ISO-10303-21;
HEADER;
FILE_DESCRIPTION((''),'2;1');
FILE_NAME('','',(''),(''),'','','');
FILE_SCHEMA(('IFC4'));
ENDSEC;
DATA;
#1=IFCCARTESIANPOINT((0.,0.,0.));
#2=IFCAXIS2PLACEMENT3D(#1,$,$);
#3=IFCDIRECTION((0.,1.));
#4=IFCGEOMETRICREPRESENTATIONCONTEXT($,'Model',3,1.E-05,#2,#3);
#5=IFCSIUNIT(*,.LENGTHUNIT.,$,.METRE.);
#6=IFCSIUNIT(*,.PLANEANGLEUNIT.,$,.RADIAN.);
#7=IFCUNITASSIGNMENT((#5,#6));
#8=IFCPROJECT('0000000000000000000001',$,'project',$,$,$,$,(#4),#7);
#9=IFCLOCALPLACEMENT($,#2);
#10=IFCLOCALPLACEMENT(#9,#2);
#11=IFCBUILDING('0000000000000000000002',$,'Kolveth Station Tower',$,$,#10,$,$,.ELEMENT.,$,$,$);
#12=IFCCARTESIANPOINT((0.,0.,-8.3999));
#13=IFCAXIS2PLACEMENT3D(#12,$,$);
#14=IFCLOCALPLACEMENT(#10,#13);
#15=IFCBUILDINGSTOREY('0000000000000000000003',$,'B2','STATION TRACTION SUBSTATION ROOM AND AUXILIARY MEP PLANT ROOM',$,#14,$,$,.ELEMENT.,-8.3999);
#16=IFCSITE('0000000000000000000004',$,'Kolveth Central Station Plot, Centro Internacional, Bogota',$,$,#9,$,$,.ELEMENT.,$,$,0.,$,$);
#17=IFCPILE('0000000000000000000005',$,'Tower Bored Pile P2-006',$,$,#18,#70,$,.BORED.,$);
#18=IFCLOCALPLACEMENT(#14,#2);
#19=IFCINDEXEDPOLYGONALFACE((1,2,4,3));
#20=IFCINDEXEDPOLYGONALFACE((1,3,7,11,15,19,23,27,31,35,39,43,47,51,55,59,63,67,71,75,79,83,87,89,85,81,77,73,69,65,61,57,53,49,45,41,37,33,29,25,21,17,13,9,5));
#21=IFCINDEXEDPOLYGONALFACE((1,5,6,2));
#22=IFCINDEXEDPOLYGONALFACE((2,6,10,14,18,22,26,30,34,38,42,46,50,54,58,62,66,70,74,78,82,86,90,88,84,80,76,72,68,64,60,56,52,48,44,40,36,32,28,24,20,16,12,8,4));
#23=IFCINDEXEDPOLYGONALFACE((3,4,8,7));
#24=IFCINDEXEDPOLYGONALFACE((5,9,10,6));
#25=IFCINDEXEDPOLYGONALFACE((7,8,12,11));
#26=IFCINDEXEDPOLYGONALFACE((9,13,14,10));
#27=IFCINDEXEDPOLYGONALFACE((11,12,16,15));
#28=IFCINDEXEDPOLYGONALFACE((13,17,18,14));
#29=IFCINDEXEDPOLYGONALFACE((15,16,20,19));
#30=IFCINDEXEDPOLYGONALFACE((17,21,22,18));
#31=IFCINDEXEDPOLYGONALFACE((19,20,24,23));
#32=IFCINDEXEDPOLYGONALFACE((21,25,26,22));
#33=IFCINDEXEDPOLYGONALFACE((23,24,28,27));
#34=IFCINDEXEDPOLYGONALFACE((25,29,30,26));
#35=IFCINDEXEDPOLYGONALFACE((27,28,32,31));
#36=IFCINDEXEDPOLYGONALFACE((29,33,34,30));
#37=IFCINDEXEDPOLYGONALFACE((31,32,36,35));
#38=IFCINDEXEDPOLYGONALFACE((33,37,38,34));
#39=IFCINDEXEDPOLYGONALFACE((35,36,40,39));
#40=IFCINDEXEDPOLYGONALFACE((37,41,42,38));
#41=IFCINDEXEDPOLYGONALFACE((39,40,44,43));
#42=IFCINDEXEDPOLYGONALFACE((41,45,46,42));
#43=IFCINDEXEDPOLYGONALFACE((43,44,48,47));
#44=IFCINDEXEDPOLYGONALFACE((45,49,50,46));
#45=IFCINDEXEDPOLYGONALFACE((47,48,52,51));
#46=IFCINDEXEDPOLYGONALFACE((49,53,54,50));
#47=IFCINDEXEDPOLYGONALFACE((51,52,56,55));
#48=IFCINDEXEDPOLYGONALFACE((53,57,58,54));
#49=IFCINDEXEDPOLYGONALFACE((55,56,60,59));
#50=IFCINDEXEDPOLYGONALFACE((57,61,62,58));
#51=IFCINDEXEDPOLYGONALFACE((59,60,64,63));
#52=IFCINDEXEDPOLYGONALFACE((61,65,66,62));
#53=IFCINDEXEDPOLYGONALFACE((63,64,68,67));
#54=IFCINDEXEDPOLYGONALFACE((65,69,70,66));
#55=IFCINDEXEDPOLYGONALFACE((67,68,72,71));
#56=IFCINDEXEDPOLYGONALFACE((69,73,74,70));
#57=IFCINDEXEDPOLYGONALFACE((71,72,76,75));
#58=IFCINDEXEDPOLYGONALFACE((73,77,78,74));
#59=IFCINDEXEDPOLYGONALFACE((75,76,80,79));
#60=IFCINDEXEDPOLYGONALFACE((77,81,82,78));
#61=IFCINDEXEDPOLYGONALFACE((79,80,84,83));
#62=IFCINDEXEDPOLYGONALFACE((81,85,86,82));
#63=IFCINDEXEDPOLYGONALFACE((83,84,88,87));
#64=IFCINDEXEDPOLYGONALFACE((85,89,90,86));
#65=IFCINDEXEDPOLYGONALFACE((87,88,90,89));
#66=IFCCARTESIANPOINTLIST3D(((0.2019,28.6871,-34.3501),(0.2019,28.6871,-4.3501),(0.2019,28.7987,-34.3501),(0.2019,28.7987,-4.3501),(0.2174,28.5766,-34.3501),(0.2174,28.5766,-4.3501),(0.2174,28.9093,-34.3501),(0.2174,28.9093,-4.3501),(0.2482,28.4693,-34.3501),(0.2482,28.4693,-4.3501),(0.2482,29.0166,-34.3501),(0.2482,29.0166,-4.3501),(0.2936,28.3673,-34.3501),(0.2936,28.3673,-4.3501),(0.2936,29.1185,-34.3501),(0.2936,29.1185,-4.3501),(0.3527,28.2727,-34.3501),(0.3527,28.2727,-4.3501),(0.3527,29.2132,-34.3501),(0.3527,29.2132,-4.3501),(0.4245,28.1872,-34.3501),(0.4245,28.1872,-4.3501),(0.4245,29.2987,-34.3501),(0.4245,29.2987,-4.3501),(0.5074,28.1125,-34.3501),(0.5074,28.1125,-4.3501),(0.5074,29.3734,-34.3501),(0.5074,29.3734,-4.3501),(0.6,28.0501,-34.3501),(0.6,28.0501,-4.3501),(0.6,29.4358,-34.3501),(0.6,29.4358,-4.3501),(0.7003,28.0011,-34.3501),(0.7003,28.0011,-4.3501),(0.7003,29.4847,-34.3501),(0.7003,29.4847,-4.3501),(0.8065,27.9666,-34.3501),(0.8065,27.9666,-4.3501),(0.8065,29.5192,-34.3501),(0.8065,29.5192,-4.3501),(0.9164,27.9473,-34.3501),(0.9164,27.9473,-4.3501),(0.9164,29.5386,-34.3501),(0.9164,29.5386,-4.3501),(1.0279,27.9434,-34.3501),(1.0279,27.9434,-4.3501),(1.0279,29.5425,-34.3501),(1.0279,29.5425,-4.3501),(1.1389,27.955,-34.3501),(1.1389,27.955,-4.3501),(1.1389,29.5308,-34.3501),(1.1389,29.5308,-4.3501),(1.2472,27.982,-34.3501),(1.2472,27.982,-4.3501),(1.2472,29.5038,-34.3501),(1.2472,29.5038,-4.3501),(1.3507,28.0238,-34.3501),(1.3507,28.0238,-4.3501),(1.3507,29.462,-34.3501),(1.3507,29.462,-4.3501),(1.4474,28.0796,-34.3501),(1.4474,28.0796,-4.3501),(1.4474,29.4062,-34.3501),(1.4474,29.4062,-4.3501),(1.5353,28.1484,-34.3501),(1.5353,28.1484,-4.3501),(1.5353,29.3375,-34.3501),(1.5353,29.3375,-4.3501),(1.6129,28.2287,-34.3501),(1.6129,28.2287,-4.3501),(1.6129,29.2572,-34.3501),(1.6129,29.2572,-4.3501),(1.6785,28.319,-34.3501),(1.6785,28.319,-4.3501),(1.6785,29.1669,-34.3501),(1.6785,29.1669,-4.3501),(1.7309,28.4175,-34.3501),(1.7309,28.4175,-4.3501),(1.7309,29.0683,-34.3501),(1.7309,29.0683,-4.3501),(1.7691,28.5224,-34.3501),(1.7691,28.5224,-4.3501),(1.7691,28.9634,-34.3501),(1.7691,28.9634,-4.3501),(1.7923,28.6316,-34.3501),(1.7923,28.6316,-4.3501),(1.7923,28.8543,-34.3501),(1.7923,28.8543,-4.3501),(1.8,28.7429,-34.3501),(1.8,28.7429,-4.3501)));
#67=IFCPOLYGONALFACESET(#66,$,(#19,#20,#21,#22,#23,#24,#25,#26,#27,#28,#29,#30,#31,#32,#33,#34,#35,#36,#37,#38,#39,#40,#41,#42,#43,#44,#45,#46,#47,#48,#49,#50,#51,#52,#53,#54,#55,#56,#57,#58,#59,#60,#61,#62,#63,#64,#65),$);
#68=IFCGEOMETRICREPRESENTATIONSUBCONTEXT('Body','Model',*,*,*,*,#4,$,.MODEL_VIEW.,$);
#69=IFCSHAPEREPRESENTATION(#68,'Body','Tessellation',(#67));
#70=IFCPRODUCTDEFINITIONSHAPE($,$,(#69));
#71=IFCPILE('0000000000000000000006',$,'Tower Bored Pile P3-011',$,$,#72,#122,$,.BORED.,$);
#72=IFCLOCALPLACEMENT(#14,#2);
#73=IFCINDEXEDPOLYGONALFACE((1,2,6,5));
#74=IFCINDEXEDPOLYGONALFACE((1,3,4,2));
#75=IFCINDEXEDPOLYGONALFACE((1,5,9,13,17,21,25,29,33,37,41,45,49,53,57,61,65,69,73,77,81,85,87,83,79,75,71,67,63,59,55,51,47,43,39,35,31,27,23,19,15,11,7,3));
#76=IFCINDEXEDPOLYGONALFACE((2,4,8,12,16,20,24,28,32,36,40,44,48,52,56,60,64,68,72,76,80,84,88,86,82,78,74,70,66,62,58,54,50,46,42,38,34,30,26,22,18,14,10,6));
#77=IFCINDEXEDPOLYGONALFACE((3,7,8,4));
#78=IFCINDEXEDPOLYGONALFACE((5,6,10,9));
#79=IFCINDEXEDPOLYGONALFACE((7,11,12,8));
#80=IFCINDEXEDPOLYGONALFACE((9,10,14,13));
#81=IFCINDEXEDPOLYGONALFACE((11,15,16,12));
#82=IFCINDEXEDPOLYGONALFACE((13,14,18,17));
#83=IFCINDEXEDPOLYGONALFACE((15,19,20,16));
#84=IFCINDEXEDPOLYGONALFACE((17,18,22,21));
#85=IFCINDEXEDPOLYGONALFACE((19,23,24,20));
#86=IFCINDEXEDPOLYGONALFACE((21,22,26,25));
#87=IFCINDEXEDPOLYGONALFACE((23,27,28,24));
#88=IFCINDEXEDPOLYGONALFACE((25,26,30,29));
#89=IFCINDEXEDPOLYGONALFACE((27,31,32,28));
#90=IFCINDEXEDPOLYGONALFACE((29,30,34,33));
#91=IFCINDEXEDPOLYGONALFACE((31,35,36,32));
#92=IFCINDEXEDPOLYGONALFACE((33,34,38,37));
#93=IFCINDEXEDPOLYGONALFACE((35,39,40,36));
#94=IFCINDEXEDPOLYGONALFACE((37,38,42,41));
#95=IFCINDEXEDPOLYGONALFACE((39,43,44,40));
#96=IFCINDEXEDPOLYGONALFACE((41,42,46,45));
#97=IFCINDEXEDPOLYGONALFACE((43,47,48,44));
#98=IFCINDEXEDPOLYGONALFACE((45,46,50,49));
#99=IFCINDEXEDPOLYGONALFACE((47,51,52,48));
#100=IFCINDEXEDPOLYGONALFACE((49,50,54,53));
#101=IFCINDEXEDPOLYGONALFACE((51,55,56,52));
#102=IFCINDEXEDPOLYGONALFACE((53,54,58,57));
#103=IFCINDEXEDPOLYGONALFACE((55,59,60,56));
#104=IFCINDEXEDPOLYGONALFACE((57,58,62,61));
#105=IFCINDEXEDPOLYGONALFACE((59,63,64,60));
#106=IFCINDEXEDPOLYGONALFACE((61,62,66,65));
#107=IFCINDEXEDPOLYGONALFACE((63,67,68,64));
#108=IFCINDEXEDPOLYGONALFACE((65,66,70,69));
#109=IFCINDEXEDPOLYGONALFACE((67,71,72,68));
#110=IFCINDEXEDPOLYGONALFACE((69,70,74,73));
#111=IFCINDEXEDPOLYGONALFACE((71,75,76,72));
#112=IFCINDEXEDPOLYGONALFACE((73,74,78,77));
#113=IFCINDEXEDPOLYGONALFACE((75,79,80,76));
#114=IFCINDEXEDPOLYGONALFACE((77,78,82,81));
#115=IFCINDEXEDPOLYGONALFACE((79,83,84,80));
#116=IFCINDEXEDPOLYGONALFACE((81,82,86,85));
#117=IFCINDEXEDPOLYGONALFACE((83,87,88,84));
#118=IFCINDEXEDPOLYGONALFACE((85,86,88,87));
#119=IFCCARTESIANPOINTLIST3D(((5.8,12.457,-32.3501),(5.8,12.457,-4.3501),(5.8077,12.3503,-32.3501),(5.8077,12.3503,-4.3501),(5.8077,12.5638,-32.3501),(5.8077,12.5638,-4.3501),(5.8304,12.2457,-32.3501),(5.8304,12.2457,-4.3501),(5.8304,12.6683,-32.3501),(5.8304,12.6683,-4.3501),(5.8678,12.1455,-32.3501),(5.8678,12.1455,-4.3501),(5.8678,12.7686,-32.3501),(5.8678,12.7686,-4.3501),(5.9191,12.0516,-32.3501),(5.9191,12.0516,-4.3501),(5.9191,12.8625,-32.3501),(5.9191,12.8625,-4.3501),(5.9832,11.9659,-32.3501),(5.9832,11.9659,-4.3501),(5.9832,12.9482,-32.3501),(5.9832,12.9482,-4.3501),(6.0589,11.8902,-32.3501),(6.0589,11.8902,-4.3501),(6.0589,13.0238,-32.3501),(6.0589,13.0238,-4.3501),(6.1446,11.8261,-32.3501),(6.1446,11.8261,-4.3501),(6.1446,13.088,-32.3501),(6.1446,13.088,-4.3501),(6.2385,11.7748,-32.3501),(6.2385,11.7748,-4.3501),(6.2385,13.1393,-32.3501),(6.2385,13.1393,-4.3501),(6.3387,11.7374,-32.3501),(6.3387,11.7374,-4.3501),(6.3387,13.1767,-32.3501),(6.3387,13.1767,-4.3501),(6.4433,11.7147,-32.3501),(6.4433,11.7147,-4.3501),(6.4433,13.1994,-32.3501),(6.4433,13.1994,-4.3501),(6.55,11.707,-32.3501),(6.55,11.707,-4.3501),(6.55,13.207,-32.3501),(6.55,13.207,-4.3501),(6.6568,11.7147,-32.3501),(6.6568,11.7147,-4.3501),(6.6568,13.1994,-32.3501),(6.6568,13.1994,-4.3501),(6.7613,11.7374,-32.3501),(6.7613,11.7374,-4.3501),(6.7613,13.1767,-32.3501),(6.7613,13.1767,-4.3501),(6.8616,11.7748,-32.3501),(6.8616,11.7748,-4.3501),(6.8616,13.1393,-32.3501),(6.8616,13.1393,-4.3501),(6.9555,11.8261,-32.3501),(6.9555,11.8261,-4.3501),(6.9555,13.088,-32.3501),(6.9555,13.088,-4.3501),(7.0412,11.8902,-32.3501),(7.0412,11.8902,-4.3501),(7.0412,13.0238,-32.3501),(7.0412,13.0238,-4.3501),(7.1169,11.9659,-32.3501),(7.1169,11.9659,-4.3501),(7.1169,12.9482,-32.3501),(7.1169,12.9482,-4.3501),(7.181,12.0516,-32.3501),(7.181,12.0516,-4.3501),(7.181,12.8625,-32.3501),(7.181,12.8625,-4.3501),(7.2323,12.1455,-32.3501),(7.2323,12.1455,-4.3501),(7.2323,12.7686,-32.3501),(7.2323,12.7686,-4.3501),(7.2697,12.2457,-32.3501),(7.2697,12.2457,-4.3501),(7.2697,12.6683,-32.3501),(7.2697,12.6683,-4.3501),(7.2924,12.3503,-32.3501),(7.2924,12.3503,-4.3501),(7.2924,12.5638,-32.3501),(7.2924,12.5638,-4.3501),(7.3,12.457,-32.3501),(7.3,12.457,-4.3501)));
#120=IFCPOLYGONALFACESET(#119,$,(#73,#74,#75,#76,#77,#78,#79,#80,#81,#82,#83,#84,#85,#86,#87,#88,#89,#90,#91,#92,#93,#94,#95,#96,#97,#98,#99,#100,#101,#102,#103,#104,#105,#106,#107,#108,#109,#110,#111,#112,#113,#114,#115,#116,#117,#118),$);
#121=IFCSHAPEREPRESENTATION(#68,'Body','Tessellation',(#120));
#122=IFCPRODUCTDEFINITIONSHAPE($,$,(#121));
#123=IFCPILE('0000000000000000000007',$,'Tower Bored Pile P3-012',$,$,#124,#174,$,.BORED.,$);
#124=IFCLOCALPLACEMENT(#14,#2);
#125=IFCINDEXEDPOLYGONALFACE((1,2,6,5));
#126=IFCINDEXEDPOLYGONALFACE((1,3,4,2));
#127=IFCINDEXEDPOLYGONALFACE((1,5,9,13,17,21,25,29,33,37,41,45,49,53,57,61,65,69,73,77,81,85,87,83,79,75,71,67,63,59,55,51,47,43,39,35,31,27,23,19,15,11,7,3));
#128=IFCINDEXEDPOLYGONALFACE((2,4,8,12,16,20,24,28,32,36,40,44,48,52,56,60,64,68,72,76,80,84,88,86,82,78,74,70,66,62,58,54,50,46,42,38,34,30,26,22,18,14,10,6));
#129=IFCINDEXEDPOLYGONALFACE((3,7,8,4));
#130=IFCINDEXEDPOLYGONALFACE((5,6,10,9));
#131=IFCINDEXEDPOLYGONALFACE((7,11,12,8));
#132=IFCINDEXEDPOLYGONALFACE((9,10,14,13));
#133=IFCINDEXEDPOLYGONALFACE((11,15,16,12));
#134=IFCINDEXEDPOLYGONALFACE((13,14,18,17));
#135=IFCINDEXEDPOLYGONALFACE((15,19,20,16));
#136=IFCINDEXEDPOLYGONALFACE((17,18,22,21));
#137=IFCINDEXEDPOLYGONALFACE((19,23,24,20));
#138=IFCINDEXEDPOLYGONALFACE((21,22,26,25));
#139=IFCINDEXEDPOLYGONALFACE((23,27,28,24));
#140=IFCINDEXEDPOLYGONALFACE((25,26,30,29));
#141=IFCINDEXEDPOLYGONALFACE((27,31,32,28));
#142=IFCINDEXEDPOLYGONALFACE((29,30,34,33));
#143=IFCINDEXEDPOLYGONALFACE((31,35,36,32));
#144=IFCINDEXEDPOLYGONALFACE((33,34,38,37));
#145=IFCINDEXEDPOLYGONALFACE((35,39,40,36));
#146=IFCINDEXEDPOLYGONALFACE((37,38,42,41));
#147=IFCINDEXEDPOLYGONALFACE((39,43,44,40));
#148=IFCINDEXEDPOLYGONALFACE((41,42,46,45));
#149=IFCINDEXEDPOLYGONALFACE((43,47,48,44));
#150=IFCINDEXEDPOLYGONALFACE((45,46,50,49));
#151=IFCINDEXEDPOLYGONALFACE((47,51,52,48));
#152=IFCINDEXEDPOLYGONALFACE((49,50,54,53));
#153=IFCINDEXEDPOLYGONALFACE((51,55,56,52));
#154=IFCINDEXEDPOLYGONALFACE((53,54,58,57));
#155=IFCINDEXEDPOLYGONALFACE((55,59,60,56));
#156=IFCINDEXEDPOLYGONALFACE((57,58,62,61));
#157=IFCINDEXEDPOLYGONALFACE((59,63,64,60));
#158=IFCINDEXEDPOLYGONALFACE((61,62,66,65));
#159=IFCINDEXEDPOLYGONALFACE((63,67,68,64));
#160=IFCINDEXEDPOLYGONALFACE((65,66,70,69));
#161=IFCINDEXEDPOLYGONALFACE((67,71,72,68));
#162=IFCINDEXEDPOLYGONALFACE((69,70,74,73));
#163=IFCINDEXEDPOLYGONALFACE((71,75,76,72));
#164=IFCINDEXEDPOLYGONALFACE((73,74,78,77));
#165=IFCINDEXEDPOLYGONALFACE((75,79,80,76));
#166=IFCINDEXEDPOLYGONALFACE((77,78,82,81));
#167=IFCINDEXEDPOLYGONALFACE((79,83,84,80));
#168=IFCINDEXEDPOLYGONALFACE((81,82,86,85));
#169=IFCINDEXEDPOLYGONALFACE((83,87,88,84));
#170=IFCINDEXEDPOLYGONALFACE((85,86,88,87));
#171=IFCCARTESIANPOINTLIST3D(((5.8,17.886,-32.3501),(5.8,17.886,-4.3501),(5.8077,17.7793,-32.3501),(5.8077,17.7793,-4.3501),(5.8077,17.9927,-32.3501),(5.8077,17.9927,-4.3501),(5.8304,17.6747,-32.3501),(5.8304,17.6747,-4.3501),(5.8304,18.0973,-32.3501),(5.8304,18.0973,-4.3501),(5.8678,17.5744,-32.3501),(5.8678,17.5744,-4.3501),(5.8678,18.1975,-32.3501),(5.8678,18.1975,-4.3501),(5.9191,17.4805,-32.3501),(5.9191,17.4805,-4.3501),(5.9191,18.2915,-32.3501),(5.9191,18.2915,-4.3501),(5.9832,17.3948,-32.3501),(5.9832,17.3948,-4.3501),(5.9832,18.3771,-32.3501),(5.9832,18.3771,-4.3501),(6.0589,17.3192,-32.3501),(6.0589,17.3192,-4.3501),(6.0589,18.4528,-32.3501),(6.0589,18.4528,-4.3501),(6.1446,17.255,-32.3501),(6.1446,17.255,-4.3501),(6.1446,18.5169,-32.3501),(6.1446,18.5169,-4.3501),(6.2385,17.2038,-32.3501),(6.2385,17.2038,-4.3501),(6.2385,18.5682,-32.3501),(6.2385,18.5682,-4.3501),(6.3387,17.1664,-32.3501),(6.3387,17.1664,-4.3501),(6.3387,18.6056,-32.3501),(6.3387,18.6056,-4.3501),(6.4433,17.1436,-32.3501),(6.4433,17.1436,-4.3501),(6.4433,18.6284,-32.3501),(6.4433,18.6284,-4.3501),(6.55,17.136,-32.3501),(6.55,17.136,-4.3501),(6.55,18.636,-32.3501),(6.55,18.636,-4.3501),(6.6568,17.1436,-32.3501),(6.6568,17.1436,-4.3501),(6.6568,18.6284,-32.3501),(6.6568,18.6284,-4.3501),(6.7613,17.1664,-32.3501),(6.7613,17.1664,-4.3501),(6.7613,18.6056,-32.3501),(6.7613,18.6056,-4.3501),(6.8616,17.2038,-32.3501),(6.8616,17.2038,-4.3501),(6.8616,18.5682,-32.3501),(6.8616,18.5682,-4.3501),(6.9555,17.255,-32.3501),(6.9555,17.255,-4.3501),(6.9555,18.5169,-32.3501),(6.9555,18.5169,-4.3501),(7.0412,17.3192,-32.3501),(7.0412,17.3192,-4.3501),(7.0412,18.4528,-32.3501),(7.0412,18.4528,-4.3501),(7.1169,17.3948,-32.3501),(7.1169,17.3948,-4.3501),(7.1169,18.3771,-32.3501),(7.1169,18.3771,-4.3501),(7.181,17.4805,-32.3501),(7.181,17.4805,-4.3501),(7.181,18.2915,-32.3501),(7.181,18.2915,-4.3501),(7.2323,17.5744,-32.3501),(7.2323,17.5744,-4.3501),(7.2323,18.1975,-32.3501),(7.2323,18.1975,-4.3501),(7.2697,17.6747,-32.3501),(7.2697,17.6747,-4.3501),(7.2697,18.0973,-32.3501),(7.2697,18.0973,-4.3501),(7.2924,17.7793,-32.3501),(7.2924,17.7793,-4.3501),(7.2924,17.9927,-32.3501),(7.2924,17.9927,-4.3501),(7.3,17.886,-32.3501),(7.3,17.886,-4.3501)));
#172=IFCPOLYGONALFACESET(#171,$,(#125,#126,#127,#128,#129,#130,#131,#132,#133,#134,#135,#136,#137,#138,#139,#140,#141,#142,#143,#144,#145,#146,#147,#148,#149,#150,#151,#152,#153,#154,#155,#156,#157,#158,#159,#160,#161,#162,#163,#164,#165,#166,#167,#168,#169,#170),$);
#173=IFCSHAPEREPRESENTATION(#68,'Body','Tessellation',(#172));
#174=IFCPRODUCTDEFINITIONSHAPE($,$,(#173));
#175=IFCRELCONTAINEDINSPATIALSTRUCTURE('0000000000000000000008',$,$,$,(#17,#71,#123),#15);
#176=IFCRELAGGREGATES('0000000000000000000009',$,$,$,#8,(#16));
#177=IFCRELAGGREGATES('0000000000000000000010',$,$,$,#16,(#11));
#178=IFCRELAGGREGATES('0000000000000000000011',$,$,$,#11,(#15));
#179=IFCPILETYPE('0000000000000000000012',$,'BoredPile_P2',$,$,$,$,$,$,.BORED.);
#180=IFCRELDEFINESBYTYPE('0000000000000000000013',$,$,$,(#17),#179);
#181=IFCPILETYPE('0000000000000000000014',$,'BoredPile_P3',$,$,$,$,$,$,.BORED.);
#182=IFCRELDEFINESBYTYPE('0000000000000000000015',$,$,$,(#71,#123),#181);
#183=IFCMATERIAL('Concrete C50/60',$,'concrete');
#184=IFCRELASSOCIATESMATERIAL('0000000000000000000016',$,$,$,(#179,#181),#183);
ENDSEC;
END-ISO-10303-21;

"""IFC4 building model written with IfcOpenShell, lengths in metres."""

from ifc_helpers import new_model, si_unit, direction, frame, origin, origin_2d, place, context, subcontext, project, spatial, circle, extrude, source, transform, mapped, material, material_profile, profile_set, type_object, element, save


model = new_model("IFC4")

# Units and contexts
model_context = context("Model", 3, precision=1e-05, world=origin(), true_north=direction((0.0, 1.0)))
body_context = subcontext(model_context, "Body", "Model", "MODEL_VIEW")
ifc_project = project(units=[si_unit("LENGTHUNIT", "METRE"), si_unit("PLANEANGLEUNIT", "RADIAN")], contexts=[model_context])

# Site, building, storey
site_placement = place(None, origin())
site = spatial("IfcSite", under=ifc_project, at=site_placement, Name="Kolveth Central Station Plot, Centro Internacional, Bogota", CompositionType="ELEMENT", RefElevation=0.0)
building_placement = place(site_placement, origin())
building = spatial("IfcBuilding", under=site, at=building_placement, Name="Kolveth Station Tower", CompositionType="ELEMENT")
storey_placement = place(building_placement, frame((0.0, 0.0, -8.3999)))
storey = spatial("IfcBuildingStorey", under=building, at=storey_placement, Name="B2", Description="STATION TRACTION SUBSTATION ROOM AND AUXILIARY MEP PLANT ROOM", CompositionType="ELEMENT", Elevation=-8.3999)

# Piles
ifc_material_1 = material(Name="Concrete C50/60", Category="concrete")
ifc_material_profile_1 = material_profile(ifc_material_1, circle(Radius=0.8, at=origin_2d()), Name="PILE-D1600")
ifc_profile_set_1 = profile_set([ifc_material_profile_1], Name="Concrete C50/60")
pile_type_1 = type_object("IfcPileType", Name="BoredPile_P2", PredefinedType="BORED", material=ifc_profile_set_1)
shared_shape_1 = source(origin(), body_context, "Body", "SweptSolid", [
    extrude(circle(Radius=0.8, at=origin_2d()), origin(), (0.0, 0.0, 1.0), 30.0),
])
for number, where, z_axis, x_axis, name in (
    (1, (1.0, 28.7429, -4.3501), (0.0, 0.0, -1.0), (1.0, 0.0, 0.0), "Tower Bored Pile P2-006"),
):
    element("IfcPile", number, at=place(storey_placement, frame(where, z_axis=z_axis, x_axis=x_axis)), inside=storey, type_object=pile_type_1, Name=name, PredefinedType="BORED", context=body_context, shape_type="MappedRepresentation", body=[
        mapped(shared_shape_1, transform((0.0, 0.0, 0.0), x_axis=(1.0, 0.0, 0.0), y_axis=(0.0, 1.0, 0.0), z_axis=(0.0, 0.0, 1.0), scale=1.0)),
    ])
ifc_material_profile_2 = material_profile(ifc_material_1, circle(Radius=0.75, at=origin_2d()), Name="PILE-D1500")
ifc_profile_set_2 = profile_set([ifc_material_profile_2], Name="Concrete C50/60")
pile_type_2 = type_object("IfcPileType", Name="BoredPile_P3", PredefinedType="BORED", material=ifc_profile_set_2)
shared_shape_2 = source(origin(), body_context, "Body", "SweptSolid", [
    extrude(circle(Radius=0.75, at=origin_2d()), origin(), (0.0, 0.0, 1.0), 28.0),
])
for number, where, z_axis, x_axis, name in (
    (2, (6.55, 12.457, -4.3501), (0.0, 0.0, -1.0), (1.0, 0.0, 0.0), "Tower Bored Pile P3-011"),
    (3, (6.55, 17.886, -4.3501), (0.0, 0.0, -1.0), (1.0, 0.0, 0.0), "Tower Bored Pile P3-012"),
):
    element("IfcPile", number, at=place(storey_placement, frame(where, z_axis=z_axis, x_axis=x_axis)), inside=storey, type_object=pile_type_2, Name=name, PredefinedType="BORED", context=body_context, shape_type="MappedRepresentation", body=[
        mapped(shared_shape_2, transform((0.0, 0.0, 0.0), x_axis=(1.0, 0.0, 0.0), y_axis=(0.0, 1.0, 0.0), z_axis=(0.0, 0.0, 1.0), scale=1.0)),
    ])

save(model, "model.ifc")
